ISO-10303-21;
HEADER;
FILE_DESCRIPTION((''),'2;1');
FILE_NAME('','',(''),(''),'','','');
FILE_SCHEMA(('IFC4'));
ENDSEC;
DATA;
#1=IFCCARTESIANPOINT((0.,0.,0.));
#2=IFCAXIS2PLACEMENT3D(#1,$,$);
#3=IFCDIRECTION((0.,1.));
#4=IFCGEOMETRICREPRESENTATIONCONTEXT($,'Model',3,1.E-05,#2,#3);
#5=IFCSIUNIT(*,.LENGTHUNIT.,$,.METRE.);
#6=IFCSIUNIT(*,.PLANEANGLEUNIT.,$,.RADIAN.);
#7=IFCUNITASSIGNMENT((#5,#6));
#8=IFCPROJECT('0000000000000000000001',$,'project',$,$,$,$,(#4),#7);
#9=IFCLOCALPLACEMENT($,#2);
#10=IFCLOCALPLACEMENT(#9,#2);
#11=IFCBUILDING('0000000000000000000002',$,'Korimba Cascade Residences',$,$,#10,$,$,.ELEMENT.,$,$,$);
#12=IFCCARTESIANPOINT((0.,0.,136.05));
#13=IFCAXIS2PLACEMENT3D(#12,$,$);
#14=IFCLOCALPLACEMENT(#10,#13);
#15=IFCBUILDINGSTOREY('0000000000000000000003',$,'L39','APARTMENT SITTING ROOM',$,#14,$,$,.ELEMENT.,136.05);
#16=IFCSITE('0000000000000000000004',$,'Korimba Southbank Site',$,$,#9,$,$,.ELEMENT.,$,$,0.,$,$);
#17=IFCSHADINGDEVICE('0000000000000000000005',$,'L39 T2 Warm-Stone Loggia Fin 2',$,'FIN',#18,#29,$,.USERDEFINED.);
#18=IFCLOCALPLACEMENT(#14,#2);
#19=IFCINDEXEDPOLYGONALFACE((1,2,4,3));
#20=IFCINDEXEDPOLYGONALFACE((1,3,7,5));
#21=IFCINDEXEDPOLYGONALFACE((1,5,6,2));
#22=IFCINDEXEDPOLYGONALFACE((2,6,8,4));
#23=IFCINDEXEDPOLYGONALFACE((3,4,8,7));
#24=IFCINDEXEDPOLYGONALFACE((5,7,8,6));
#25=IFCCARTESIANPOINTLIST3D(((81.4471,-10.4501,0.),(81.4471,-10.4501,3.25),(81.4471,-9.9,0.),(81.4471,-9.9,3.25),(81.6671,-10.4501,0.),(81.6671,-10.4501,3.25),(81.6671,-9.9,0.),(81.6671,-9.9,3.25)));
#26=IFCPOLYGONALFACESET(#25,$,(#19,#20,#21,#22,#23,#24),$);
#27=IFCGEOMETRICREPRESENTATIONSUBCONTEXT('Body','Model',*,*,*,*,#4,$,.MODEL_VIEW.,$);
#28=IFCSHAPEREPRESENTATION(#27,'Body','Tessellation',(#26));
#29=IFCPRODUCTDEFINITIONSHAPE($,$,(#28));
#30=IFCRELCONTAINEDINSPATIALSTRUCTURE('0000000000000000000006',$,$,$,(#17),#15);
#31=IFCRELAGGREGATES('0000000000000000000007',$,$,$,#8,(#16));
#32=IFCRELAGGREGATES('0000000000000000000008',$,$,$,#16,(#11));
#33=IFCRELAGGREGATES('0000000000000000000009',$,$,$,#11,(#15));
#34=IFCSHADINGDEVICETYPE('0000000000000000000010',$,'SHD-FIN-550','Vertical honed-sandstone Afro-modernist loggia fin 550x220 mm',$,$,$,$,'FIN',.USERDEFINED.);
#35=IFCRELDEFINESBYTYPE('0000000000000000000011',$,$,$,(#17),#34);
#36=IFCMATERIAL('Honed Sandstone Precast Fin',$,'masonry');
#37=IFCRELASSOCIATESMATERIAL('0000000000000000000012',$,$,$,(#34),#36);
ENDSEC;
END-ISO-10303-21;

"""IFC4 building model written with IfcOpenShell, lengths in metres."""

from ifc_helpers import new_model, si_unit, direction, frame, origin, origin_2d, place, context, subcontext, project, spatial, rectangle, extrude, material, type_object, element, save


model = new_model("IFC4")

# Units and contexts
model_context = context("Model", 3, precision=1e-05, world=origin(), true_north=direction((0.0, 1.0)))
body_context = subcontext(model_context, "Body", "Model", "MODEL_VIEW")
ifc_project = project(units=[si_unit("LENGTHUNIT", "METRE"), si_unit("PLANEANGLEUNIT", "RADIAN")], contexts=[model_context])

# Site, building, storey
site_placement = place(None, origin())
site = spatial("IfcSite", under=ifc_project, at=site_placement, Name="Korimba Southbank Site", CompositionType="ELEMENT", RefElevation=0.0)
building_placement = place(site_placement, origin())
building = spatial("IfcBuilding", under=site, at=building_placement, Name="Korimba Cascade Residences", CompositionType="ELEMENT")
storey_placement = place(building_placement, frame((0.0, 0.0, 136.05)))
storey = spatial("IfcBuildingStorey", under=building, at=storey_placement, Name="L39", Description="APARTMENT SITTING ROOM", CompositionType="ELEMENT", Elevation=136.05)

# Shading device
ifc_material_1 = material(Name="Honed Sandstone Precast Fin", Category="masonry")
shading_device_type = type_object("IfcShadingDeviceType", Name="SHD-FIN-550", Description="Vertical honed-sandstone Afro-modernist loggia fin 550x220 mm", ElementType="FIN", PredefinedType="USERDEFINED", material=ifc_material_1)
shading_device_placement = place(storey_placement, frame((81.5571, -10.175, 0.0), z_axis=(0.0, 0.0, 1.0), x_axis=(1.0, 0.0, 0.0)))
element("IfcShadingDevice", 1, at=shading_device_placement, inside=storey, type_object=shading_device_type, Name="L39 T2 Warm-Stone Loggia Fin 2", ObjectType="FIN", PredefinedType="USERDEFINED", context=body_context, shape_type="SweptSolid", body=[
    extrude(rectangle(XDim=0.22, YDim=0.55, at=origin_2d()), origin(), (0.0, 0.0, 1.0), 3.25),
])

save(model, "model.ifc")
